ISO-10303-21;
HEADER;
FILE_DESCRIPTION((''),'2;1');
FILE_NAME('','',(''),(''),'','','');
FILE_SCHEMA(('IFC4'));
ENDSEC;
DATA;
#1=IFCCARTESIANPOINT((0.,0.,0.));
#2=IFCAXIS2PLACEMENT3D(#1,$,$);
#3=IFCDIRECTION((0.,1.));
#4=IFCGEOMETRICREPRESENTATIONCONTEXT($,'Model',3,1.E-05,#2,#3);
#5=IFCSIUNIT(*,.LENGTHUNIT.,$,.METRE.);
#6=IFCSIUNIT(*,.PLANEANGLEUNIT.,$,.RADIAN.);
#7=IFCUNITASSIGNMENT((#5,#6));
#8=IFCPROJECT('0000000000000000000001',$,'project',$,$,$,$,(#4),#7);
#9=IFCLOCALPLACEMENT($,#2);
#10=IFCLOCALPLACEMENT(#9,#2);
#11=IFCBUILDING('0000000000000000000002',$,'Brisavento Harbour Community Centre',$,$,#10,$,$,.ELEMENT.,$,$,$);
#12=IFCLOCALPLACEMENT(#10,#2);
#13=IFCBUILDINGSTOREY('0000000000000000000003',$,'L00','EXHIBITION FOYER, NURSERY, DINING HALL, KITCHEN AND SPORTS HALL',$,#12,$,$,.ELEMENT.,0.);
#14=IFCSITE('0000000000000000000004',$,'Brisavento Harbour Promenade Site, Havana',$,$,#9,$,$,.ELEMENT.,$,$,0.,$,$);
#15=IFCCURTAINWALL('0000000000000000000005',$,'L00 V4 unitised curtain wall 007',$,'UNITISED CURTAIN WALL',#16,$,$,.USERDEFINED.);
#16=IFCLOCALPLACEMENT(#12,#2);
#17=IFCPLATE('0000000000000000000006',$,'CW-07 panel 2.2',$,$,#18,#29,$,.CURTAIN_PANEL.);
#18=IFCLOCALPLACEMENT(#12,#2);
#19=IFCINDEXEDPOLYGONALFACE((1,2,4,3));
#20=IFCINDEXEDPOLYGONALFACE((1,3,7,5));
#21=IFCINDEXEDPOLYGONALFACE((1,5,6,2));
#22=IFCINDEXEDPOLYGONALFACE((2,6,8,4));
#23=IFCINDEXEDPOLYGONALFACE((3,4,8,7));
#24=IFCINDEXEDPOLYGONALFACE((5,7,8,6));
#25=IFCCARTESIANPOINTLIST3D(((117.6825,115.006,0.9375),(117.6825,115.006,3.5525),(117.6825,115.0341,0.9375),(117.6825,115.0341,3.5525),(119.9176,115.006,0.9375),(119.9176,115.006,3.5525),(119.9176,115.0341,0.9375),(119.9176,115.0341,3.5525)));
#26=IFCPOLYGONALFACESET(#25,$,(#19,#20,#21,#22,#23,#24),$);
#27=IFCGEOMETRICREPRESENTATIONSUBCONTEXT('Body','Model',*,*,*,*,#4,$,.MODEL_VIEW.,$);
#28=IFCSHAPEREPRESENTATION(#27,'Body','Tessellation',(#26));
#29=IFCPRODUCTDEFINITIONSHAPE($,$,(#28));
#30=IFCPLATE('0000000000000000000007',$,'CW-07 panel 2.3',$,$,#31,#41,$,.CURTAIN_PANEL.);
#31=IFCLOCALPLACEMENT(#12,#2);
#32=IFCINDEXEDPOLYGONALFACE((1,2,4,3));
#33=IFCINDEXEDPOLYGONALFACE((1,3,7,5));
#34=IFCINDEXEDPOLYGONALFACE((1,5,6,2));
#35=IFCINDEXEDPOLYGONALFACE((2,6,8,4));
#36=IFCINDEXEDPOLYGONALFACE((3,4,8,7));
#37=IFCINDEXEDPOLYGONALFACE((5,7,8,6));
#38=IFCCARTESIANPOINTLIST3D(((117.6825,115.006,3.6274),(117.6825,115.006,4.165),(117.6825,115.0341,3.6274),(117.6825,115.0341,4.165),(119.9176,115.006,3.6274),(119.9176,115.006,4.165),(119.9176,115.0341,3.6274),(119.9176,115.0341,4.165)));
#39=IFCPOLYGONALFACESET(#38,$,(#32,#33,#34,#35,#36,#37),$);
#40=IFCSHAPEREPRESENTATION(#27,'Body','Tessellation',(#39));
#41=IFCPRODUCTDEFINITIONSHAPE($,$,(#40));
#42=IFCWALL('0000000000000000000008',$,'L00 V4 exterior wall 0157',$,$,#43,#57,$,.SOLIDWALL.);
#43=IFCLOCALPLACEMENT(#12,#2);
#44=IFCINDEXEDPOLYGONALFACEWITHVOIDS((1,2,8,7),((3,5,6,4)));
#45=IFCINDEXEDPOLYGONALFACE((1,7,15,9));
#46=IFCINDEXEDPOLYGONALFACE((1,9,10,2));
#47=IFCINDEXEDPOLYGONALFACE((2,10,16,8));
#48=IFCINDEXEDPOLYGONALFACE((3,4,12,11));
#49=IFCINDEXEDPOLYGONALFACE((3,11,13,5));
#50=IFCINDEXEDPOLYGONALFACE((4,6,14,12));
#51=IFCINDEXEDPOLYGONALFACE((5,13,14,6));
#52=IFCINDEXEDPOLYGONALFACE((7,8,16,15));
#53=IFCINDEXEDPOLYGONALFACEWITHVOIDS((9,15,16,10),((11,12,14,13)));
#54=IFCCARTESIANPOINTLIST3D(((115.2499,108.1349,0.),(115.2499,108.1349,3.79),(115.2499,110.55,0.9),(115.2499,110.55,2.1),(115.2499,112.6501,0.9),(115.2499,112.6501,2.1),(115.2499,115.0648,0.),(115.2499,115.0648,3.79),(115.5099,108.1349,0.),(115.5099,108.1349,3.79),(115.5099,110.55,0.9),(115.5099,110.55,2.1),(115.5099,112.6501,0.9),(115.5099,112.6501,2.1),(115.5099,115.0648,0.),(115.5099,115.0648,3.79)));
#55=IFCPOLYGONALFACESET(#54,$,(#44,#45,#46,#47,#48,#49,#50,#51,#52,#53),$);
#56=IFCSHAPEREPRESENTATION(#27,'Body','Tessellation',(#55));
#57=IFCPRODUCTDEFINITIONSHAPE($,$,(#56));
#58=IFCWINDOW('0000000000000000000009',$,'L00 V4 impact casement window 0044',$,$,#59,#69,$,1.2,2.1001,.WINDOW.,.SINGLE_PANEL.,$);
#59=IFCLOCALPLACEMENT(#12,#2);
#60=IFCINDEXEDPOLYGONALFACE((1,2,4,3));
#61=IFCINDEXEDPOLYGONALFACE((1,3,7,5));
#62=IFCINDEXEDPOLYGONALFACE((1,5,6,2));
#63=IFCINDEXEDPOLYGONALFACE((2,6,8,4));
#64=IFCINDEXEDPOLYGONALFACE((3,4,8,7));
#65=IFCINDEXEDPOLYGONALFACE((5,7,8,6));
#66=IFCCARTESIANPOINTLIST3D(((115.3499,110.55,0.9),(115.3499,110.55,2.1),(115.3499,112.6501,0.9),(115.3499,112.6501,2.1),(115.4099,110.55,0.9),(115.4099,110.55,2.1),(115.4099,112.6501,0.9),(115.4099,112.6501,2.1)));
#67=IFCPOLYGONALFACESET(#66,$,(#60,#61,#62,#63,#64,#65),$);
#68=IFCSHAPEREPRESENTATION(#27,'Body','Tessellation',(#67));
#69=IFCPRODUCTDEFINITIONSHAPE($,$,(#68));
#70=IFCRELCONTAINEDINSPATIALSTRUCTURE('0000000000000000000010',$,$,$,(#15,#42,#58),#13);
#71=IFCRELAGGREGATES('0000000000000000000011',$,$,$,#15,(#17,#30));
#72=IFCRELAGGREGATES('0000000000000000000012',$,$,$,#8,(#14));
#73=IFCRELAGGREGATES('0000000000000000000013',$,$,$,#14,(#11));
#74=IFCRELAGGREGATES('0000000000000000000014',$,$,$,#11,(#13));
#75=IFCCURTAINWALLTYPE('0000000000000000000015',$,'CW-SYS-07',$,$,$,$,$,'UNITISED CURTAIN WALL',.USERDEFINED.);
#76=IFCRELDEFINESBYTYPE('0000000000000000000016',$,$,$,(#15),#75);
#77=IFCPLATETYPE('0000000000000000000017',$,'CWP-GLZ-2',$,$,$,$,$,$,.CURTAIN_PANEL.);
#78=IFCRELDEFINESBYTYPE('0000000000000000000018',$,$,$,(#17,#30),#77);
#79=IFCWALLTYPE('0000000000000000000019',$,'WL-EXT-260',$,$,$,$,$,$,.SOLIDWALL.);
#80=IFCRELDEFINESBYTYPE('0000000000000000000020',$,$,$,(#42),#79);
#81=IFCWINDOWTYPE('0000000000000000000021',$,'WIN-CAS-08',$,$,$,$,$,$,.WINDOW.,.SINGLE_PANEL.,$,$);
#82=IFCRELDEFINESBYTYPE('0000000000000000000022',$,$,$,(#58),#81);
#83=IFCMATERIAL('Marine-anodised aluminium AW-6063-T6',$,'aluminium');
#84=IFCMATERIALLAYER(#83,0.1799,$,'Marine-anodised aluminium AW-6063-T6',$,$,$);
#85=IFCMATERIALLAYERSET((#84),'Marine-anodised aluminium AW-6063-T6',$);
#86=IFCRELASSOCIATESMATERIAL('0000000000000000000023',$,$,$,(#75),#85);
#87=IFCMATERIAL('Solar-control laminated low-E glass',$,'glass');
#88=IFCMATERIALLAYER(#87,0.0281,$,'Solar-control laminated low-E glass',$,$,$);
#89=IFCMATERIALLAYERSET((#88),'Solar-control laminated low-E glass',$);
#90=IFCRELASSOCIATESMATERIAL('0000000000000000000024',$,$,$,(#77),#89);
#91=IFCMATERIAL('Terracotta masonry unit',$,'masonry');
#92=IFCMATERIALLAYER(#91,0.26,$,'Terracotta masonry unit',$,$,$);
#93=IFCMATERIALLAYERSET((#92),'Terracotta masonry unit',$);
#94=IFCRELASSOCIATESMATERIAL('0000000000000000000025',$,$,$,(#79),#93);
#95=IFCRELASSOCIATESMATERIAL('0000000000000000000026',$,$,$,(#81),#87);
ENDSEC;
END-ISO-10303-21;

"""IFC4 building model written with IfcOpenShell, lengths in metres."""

from ifc_helpers import new_model, si_unit, direction, frame, frame_2d, origin, origin_2d, place, context, subcontext, project, spatial, rectangle, extrude, material, layer, layer_set, type_object, element, fill, aggregate, save


model = new_model("IFC4")

# Units and contexts
model_context = context("Model", 3, precision=1e-05, world=origin(), true_north=direction((0.0, 1.0)))
body_context = subcontext(model_context, "Body", "Model", "MODEL_VIEW")
ifc_project = project(units=[si_unit("LENGTHUNIT", "METRE"), si_unit("PLANEANGLEUNIT", "RADIAN")], contexts=[model_context])

# Site, building, storey
site_placement = place(None, origin())
site = spatial("IfcSite", under=ifc_project, at=site_placement, Name="Brisavento Harbour Promenade Site, Havana", CompositionType="ELEMENT", RefElevation=0.0)
building_placement = place(site_placement, origin())
building = spatial("IfcBuilding", under=site, at=building_placement, Name="Brisavento Harbour Community Centre", CompositionType="ELEMENT")
storey_placement = place(building_placement, origin())
storey = spatial("IfcBuildingStorey", under=building, at=storey_placement, Name="L00", Description="EXHIBITION FOYER, NURSERY, DINING HALL, KITCHEN AND SPORTS HALL", CompositionType="ELEMENT", Elevation=0.0)

# Curtain wall, plates
ifc_material_1 = material(Name="Marine-anodised aluminium AW-6063-T6", Category="aluminium")
ifc_layer_1 = layer(ifc_material_1, 0.1799, Name="Marine-anodised aluminium AW-6063-T6")
ifc_layer_set_1 = layer_set([ifc_layer_1], Name="Marine-anodised aluminium AW-6063-T6")
curtain_wall_type = type_object("IfcCurtainWallType", Name="CW-SYS-07", ElementType="UNITISED CURTAIN WALL", PredefinedType="USERDEFINED", material=ifc_layer_set_1)
curtain_wall_placement = place(storey_placement, origin())
curtain_wall = element("IfcCurtainWall", 1, at=curtain_wall_placement, inside=storey, type_object=curtain_wall_type, Name="L00 V4 unitised curtain wall 007", ObjectType="UNITISED CURTAIN WALL", PredefinedType="USERDEFINED")
ifc_material_2 = material(Name="Solar-control laminated low-E glass", Category="glass")
ifc_layer_2 = layer(ifc_material_2, 0.0281, Name="Solar-control laminated low-E glass")
ifc_layer_set_2 = layer_set([ifc_layer_2], Name="Solar-control laminated low-E glass")
plate_type = type_object("IfcPlateType", Name="CWP-GLZ-2", PredefinedType="CURTAIN_PANEL", material=ifc_layer_set_2)
plate_1_placement = place(storey_placement, frame((118.8, 115.02, 0.9375), z_axis=(0.0, 0.0, 1.0), x_axis=(1.0, 0.0, 0.0)))
plate_1 = element("IfcPlate", 2, at=plate_1_placement, type_object=plate_type, Name="CW-07 panel 2.2", PredefinedType="CURTAIN_PANEL", context=body_context, shape_type="SweptSolid", body=[
    extrude(rectangle(XDim=2.2351, YDim=0.0281, at=origin_2d()), origin(), (0.0, 0.0, 1.0), 2.615),
])
plate_2_placement = place(storey_placement, frame((118.8, 115.02, 3.6274), z_axis=(0.0, 0.0, 1.0), x_axis=(1.0, 0.0, 0.0)))
plate_2 = element("IfcPlate", 3, at=plate_2_placement, type_object=plate_type, Name="CW-07 panel 2.3", PredefinedType="CURTAIN_PANEL", context=body_context, shape_type="SweptSolid", body=[
    extrude(rectangle(XDim=2.2351, YDim=0.0281, at=origin_2d()), origin(), (0.0, 0.0, 1.0), 0.5376),
])
aggregate(curtain_wall, [plate_1, plate_2])

# Wall, opening, window
ifc_material_3 = material(Name="Terracotta masonry unit", Category="masonry")
ifc_layer_3 = layer(ifc_material_3, 0.26, Name="Terracotta masonry unit")
ifc_layer_set_3 = layer_set([ifc_layer_3], Name="Terracotta masonry unit")
wall_type = type_object("IfcWallType", Name="WL-EXT-260", PredefinedType="SOLIDWALL", material=ifc_layer_set_3)
wall_placement = place(storey_placement, frame((115.3799, 108.135, 0.0), z_axis=(0.0, 0.0, 1.0), x_axis=(0.0, 1.0, 0.0)))
wall = element("IfcWall", 4, at=wall_placement, inside=storey, type_object=wall_type, Name="L00 V4 exterior wall 0157", PredefinedType="SOLIDWALL", context=body_context, shape_type="SweptSolid", body=[
    extrude(rectangle(XDim=6.9299, YDim=0.26, at=frame_2d((3.4648, 0.0))), origin(), (0.0, 0.0, 1.0), 3.79),
])
opening_placement = place(wall_placement, frame((2.415, 0.0, 0.8999)))
opening = element("IfcOpeningElement", 5, at=opening_placement, cuts=wall, PredefinedType="OPENING", context=body_context, shape_type="SweptSolid", body=[
    extrude(rectangle(XDim=2.1001, YDim=1.2, at=frame_2d((1.05, 0.6001))), frame((0.0, 0.1401, 0.0), z_axis=(0.0, -1.0, 0.0), x_axis=(1.0, 0.0, 0.0)), (0.0, 0.0, 1.0), 0.28),
])
window_type = type_object("IfcWindowType", Name="WIN-CAS-08", PartitioningType="SINGLE_PANEL", PredefinedType="WINDOW", material=ifc_material_2)
window_placement = place(opening_placement, origin())
window = element("IfcWindow", 6, at=window_placement, inside=storey, type_object=window_type, Name="L00 V4 impact casement window 0044", OverallHeight=1.2, OverallWidth=2.1001, PartitioningType="SINGLE_PANEL", PredefinedType="WINDOW", context=body_context, shape_type="SweptSolid", body=[
    extrude(rectangle(XDim=2.1001, YDim=1.2, at=frame_2d((1.05, 0.6001))), frame((0.0, 0.03, 0.0), z_axis=(0.0, -1.0, 0.0), x_axis=(1.0, 0.0, 0.0)), (0.0, 0.0, 1.0), 0.0601),
])
fill(opening, window)

save(model, "model.ifc")
